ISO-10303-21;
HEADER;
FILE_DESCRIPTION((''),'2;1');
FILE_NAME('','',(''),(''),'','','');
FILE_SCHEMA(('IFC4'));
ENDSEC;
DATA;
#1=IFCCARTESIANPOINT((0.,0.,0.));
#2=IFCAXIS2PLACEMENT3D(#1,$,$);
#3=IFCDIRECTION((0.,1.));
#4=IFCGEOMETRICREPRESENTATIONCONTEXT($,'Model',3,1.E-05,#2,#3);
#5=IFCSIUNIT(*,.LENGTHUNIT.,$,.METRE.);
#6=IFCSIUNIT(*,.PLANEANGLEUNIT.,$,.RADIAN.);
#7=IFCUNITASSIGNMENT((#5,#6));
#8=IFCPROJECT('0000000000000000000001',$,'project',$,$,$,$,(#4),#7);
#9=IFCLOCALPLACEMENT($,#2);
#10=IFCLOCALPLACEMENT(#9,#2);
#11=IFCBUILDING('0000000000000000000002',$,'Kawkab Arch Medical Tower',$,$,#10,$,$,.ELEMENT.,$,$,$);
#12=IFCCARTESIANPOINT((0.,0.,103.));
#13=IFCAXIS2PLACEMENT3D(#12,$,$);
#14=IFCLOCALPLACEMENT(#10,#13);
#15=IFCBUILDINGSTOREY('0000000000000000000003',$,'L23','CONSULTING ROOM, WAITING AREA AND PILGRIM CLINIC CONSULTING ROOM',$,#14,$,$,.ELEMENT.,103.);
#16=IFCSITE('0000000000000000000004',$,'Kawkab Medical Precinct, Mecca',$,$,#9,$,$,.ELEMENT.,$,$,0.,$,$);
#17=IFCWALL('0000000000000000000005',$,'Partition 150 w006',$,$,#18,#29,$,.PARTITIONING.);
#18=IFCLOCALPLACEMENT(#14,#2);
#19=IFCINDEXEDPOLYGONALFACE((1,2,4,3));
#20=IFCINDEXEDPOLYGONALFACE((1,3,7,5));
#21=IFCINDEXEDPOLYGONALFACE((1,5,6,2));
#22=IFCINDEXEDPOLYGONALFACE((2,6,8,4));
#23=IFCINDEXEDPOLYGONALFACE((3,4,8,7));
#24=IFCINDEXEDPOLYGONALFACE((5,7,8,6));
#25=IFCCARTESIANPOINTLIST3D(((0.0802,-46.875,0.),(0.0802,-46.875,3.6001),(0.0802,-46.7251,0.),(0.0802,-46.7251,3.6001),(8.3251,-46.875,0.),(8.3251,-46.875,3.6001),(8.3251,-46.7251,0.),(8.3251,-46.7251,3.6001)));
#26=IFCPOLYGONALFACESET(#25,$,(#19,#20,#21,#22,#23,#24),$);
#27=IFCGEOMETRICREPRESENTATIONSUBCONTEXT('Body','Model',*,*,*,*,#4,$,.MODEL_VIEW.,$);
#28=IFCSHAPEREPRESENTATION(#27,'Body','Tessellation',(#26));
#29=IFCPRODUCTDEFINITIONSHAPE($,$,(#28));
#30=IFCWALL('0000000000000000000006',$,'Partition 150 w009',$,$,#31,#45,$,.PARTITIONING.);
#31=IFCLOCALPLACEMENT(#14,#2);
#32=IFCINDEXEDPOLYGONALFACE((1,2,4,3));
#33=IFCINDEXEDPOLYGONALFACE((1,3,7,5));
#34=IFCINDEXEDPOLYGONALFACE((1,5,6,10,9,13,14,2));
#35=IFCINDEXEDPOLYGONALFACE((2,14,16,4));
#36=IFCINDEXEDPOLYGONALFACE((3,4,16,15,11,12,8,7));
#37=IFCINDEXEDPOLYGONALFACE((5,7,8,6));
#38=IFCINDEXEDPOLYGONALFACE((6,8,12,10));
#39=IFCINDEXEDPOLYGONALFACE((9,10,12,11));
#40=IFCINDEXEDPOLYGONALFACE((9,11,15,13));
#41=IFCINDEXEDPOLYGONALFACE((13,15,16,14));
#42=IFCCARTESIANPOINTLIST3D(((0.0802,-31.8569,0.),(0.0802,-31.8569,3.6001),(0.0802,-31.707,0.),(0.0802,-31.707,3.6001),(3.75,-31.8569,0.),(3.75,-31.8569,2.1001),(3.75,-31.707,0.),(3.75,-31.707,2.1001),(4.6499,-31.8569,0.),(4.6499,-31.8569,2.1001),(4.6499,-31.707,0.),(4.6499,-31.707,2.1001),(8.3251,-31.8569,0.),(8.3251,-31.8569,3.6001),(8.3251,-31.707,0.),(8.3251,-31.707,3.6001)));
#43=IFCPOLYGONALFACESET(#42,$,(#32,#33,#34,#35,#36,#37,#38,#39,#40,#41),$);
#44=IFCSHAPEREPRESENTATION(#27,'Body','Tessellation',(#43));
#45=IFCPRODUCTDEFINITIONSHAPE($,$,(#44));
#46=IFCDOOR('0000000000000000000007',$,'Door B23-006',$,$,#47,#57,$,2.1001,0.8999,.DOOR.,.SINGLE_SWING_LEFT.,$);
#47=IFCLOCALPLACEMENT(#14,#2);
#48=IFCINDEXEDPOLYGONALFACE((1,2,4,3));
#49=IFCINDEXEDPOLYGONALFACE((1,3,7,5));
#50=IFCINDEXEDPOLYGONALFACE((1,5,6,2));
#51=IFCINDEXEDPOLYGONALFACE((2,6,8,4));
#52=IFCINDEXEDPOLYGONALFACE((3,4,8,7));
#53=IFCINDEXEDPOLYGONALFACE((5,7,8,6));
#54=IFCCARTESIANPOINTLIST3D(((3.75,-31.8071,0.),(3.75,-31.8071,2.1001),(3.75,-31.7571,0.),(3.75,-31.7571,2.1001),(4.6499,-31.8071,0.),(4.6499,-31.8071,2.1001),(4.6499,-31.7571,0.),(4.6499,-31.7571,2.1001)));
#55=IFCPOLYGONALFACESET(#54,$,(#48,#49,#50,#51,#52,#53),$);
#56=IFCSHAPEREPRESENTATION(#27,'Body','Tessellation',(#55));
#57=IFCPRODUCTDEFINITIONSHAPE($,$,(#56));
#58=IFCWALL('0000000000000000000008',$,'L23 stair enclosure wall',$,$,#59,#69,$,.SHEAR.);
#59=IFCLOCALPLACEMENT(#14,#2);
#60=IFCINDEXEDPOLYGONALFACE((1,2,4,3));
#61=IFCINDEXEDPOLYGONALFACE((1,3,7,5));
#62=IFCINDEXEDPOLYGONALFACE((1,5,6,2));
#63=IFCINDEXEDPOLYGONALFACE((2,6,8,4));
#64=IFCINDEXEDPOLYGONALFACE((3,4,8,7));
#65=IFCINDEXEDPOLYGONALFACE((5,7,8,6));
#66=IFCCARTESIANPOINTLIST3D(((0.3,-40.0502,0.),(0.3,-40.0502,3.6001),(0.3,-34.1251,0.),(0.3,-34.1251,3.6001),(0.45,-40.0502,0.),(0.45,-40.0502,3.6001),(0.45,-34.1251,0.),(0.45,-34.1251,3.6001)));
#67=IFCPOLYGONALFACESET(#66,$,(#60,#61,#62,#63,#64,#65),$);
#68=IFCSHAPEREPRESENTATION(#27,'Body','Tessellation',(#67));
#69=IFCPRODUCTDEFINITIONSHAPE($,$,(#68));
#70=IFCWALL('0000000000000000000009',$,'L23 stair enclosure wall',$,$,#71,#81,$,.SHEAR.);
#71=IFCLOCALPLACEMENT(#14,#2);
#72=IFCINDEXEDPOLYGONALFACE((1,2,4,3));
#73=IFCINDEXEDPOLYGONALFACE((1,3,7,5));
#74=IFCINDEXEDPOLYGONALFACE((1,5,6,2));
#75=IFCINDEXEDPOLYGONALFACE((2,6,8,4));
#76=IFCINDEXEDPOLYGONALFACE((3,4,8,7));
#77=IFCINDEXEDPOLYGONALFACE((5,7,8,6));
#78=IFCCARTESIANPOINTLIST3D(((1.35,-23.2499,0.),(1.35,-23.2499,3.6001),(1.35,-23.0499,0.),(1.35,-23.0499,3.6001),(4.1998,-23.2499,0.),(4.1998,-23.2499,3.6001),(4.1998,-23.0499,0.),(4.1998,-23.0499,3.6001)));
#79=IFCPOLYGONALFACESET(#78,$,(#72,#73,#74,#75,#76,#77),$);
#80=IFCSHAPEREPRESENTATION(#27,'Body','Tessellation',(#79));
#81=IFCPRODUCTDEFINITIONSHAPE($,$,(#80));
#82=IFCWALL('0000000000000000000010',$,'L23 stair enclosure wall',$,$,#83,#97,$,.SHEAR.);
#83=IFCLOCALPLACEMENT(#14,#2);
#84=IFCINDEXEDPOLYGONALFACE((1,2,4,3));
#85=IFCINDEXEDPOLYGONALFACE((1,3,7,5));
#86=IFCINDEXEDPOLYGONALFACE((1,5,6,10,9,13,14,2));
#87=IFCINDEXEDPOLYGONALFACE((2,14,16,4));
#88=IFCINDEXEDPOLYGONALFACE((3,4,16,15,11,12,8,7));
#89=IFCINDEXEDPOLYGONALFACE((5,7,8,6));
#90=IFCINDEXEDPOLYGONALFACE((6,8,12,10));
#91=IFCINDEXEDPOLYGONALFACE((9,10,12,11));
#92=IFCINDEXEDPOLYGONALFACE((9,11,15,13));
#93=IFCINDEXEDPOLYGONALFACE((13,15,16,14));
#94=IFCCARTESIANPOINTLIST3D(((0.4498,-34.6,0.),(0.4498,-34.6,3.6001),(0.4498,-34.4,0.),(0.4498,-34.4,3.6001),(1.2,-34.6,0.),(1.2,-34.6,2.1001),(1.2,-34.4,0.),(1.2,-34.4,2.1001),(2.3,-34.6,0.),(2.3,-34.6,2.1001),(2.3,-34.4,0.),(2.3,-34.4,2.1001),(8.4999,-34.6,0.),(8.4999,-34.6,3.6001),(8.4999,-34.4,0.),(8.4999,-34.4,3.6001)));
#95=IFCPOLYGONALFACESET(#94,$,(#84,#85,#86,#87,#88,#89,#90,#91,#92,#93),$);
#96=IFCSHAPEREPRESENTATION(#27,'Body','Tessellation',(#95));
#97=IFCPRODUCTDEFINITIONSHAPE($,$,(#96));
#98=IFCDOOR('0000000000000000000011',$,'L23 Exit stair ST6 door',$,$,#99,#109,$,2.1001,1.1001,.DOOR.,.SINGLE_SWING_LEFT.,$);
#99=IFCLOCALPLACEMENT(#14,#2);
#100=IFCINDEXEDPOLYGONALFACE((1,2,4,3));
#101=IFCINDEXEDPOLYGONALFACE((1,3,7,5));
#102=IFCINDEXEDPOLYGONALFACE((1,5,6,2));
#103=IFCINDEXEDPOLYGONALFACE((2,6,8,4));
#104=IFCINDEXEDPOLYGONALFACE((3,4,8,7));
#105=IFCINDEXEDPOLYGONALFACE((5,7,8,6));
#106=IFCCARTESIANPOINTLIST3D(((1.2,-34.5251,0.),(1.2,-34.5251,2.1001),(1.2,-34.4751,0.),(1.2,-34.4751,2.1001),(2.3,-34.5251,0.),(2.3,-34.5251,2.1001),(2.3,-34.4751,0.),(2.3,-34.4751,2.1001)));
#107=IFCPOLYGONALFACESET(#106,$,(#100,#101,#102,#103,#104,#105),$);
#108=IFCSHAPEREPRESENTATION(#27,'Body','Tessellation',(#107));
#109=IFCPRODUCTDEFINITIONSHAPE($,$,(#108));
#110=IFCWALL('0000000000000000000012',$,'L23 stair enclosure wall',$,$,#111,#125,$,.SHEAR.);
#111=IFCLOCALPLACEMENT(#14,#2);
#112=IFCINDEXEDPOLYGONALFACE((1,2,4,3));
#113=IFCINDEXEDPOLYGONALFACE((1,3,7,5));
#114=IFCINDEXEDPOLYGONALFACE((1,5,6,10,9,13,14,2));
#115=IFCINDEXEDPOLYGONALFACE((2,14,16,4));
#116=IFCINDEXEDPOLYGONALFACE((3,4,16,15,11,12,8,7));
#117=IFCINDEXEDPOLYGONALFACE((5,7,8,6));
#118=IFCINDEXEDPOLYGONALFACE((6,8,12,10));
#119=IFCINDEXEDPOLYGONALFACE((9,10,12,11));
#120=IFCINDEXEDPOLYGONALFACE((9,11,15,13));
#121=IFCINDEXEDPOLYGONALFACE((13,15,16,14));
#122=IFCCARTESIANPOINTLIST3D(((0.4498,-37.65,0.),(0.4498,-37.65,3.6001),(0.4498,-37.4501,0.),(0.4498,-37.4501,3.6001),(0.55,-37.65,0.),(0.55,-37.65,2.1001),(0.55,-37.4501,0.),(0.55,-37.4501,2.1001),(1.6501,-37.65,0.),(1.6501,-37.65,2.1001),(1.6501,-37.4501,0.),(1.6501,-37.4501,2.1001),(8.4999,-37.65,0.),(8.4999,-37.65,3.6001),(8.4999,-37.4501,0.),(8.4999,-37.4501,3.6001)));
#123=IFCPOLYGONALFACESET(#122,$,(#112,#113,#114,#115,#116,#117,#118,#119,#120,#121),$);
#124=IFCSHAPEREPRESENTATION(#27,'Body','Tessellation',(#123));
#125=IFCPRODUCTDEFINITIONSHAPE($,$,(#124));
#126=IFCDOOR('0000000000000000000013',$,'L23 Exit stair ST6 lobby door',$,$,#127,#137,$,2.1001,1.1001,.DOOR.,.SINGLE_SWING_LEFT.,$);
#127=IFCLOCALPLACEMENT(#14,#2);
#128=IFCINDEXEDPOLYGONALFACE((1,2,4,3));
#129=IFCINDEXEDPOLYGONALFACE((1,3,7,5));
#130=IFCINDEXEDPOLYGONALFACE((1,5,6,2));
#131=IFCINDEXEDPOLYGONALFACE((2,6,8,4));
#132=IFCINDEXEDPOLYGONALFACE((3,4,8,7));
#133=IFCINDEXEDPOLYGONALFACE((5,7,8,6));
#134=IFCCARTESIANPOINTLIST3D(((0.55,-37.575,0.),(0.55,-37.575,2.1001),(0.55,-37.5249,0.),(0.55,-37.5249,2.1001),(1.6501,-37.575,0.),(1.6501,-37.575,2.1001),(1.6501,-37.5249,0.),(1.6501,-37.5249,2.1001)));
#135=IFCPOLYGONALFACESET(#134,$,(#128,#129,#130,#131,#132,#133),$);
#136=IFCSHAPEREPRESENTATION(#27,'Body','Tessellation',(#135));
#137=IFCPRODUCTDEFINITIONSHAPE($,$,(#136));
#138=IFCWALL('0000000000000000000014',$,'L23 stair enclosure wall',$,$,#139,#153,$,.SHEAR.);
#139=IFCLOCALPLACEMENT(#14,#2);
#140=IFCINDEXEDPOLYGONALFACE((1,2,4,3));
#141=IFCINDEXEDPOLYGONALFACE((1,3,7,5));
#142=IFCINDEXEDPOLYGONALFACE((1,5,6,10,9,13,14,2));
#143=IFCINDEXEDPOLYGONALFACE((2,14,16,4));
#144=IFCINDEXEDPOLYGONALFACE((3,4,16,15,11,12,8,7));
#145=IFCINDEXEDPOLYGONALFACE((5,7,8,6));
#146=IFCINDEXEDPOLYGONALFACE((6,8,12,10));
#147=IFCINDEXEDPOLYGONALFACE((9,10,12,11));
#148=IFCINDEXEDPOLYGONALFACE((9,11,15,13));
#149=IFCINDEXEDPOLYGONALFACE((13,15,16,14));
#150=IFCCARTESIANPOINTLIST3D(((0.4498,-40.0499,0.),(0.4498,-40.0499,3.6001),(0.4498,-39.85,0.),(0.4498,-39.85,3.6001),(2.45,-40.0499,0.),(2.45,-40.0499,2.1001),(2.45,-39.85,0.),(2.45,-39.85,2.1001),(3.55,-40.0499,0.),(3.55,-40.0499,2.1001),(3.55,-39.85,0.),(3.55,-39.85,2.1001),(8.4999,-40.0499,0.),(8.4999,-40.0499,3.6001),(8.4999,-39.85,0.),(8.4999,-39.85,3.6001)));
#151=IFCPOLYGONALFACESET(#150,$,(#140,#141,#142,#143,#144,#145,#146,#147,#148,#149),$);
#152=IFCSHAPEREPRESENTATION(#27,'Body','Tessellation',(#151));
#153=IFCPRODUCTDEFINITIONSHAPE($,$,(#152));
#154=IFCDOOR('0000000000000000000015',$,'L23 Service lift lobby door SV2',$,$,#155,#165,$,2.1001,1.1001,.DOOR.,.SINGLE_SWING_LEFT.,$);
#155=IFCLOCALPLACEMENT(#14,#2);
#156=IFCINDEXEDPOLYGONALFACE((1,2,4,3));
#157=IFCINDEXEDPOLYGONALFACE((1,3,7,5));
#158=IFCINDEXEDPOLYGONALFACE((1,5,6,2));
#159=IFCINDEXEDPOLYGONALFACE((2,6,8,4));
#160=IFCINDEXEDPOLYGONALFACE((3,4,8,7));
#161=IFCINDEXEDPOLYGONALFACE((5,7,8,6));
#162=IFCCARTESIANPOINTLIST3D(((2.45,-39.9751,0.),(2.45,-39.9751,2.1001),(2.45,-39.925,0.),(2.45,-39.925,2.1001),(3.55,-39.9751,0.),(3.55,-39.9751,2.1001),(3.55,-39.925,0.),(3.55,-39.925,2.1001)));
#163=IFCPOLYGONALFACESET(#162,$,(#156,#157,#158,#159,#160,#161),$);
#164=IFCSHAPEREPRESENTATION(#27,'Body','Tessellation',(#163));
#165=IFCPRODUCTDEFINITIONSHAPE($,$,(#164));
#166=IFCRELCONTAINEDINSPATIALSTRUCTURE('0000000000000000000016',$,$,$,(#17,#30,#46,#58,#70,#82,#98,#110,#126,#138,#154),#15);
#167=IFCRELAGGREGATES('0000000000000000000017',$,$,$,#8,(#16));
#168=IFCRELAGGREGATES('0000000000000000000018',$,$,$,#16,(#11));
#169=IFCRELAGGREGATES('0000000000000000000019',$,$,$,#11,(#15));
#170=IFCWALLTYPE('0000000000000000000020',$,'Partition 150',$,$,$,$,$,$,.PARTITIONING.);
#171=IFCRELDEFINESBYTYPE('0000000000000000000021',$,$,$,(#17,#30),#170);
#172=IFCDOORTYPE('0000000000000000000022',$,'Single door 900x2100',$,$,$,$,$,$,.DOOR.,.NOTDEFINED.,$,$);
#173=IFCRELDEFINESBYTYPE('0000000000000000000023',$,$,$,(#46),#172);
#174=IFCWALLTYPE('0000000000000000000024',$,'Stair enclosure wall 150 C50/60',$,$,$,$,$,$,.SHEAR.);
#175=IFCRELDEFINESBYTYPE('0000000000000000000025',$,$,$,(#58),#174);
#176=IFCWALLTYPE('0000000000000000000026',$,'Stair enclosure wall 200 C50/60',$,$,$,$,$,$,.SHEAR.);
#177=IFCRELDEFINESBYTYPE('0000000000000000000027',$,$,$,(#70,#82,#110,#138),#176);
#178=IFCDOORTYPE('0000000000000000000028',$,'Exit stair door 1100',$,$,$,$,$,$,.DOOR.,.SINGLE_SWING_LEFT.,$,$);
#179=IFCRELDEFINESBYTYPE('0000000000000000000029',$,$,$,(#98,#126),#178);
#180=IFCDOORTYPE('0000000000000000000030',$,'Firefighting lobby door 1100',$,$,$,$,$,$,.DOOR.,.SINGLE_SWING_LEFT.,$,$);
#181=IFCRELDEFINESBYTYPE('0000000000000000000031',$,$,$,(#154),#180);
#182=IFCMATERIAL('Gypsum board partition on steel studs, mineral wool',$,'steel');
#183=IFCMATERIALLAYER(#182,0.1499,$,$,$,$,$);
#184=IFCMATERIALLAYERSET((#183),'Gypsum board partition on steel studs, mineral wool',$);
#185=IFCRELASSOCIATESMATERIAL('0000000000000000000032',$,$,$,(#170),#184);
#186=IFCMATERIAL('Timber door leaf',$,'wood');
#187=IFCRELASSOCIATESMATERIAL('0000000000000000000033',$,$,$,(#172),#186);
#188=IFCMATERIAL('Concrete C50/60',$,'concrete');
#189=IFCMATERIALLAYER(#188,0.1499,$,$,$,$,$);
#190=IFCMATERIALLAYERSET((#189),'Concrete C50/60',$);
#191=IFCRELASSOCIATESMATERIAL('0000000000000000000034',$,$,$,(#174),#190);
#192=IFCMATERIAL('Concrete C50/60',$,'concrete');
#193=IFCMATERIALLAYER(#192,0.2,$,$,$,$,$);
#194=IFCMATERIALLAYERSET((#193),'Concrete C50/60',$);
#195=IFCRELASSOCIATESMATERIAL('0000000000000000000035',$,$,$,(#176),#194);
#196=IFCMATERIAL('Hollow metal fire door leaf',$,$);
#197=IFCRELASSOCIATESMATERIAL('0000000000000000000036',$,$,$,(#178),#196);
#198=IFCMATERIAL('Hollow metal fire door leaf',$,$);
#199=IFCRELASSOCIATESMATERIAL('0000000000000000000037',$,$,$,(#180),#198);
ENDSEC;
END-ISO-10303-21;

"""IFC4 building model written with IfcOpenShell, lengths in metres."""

from ifc_helpers import new_model, si_unit, direction, frame, frame_2d, origin, place, context, subcontext, project, spatial, rectangle, extrude, material, layer, layer_set, type_object, element, fill, save


model = new_model("IFC4")

# Units and contexts
model_context = context("Model", 3, precision=1e-05, world=origin(), true_north=direction((0.0, 1.0)))
body_context = subcontext(model_context, "Body", "Model", "MODEL_VIEW")
ifc_project = project(units=[si_unit("LENGTHUNIT", "METRE"), si_unit("PLANEANGLEUNIT", "RADIAN")], contexts=[model_context])

# Site, building, storey
site_placement = place(None, origin())
site = spatial("IfcSite", under=ifc_project, at=site_placement, Name="Kawkab Medical Precinct, Mecca", CompositionType="ELEMENT", RefElevation=0.0)
building_placement = place(site_placement, origin())
building = spatial("IfcBuilding", under=site, at=building_placement, Name="Kawkab Arch Medical Tower", CompositionType="ELEMENT")
storey_placement = place(building_placement, frame((0.0, 0.0, 103.0)))
storey = spatial("IfcBuildingStorey", under=building, at=storey_placement, Name="L23", Description="CONSULTING ROOM, WAITING AREA AND PILGRIM CLINIC CONSULTING ROOM", CompositionType="ELEMENT", Elevation=103.0)

# Wall
ifc_material_1 = material(Name="Gypsum board partition on steel studs, mineral wool", Category="steel")
ifc_layer_1 = layer(ifc_material_1, 0.1499)
ifc_layer_set_1 = layer_set([ifc_layer_1], Name="Gypsum board partition on steel studs, mineral wool")
wall_type_1 = type_object("IfcWallType", Name="Partition 150", PredefinedType="PARTITIONING", material=ifc_layer_set_1)
wall_1_placement = place(storey_placement, frame((0.0801, -46.8, 0.0), z_axis=(0.0, 0.0, 1.0), x_axis=(1.0, 0.0, 0.0)))
element("IfcWall", 1, at=wall_1_placement, inside=storey, type_object=wall_type_1, Name="Partition 150 w006", PredefinedType="PARTITIONING", context=body_context, shape_type="SweptSolid", body=[
    extrude(rectangle(XDim=8.2449, YDim=0.1499, at=frame_2d((4.1226, 0.0))), origin(), (0.0, 0.0, 1.0), 3.6001),
])

# Wall, opening, door
wall_2_placement = place(storey_placement, frame((0.0801, -31.782, 0.0), z_axis=(0.0, 0.0, 1.0), x_axis=(1.0, 0.0, 0.0)))
wall_2 = element("IfcWall", 2, at=wall_2_placement, inside=storey, type_object=wall_type_1, Name="Partition 150 w009", PredefinedType="PARTITIONING", context=body_context, shape_type="SweptSolid", body=[
    extrude(rectangle(XDim=8.2449, YDim=0.1499, at=frame_2d((4.1226, 0.0))), origin(), (0.0, 0.0, 1.0), 3.6001),
])
opening_1_placement = place(wall_2_placement, frame((3.6699, 0.0, 0.0)))
opening_1 = element("IfcOpeningElement", 3, at=opening_1_placement, cuts=wall_2, PredefinedType="OPENING", context=body_context, shape_type="SweptSolid", body=[
    extrude(rectangle(XDim=0.8999, YDim=2.1001, at=frame_2d((0.45, 1.05))), frame((0.0, 0.085, 0.0), z_axis=(0.0, -1.0, 0.0), x_axis=(1.0, 0.0, 0.0)), (0.0, 0.0, 1.0), 0.1699),
])
ifc_material_2 = material(Name="Timber door leaf", Category="wood")
door_type_1 = type_object("IfcDoorType", Name="Single door 900x2100", OperationType="NOTDEFINED", PredefinedType="DOOR", material=ifc_material_2)
door_1_placement = place(opening_1_placement, origin())
door_1 = element("IfcDoor", 4, at=door_1_placement, inside=storey, type_object=door_type_1, Name="Door B23-006", OperationType="SINGLE_SWING_LEFT", OverallHeight=2.1001, OverallWidth=0.8999, PredefinedType="DOOR", context=body_context, shape_type="SweptSolid", body=[
    extrude(rectangle(XDim=0.8999, YDim=2.1001, at=frame_2d((0.45, 1.05))), frame((0.0, 0.0249, 0.0), z_axis=(0.0, -1.0, 0.0), x_axis=(1.0, 0.0, 0.0)), (0.0, 0.0, 1.0), 0.05),
])
fill(opening_1, door_1)

# Walls
ifc_material_3 = material(Name="Concrete C50/60", Category="concrete")
ifc_layer_2 = layer(ifc_material_3, 0.1499)
ifc_layer_set_2 = layer_set([ifc_layer_2], Name="Concrete C50/60")
wall_type_2 = type_object("IfcWallType", Name="Stair enclosure wall 150 C50/60", PredefinedType="SHEAR", material=ifc_layer_set_2)
wall_3_placement = place(storey_placement, frame((0.375, -40.05, 0.0), z_axis=(0.0, 0.0, 1.0), x_axis=(0.0, 1.0, 0.0)))
element("IfcWall", 5, at=wall_3_placement, inside=storey, type_object=wall_type_2, Name="L23 stair enclosure wall", PredefinedType="SHEAR", context=body_context, shape_type="SweptSolid", body=[
    extrude(rectangle(XDim=5.925, YDim=0.1499, at=frame_2d((2.9624, 0.0))), origin(), (0.0, 0.0, 1.0), 3.6001),
])
ifc_material_4 = material(Name="Concrete C50/60", Category="concrete")
ifc_layer_3 = layer(ifc_material_4, 0.2)
ifc_layer_set_3 = layer_set([ifc_layer_3], Name="Concrete C50/60")
wall_type_3 = type_object("IfcWallType", Name="Stair enclosure wall 200 C50/60", PredefinedType="SHEAR", material=ifc_layer_set_3)
wall_4_placement = place(storey_placement, frame((1.3501, -23.1499, 0.0), z_axis=(0.0, 0.0, 1.0), x_axis=(1.0, 0.0, 0.0)))
element("IfcWall", 6, at=wall_4_placement, inside=storey, type_object=wall_type_3, Name="L23 stair enclosure wall", PredefinedType="SHEAR", context=body_context, shape_type="SweptSolid", body=[
    extrude(rectangle(XDim=2.8499, YDim=0.2, at=frame_2d((1.4248, 0.0))), origin(), (0.0, 0.0, 1.0), 3.6001),
])

# Walls, openings, doors
wall_5_placement = place(storey_placement, frame((0.45, -34.5, 0.0), z_axis=(0.0, 0.0, 1.0), x_axis=(1.0, 0.0, 0.0)))
wall_5 = element("IfcWall", 7, at=wall_5_placement, inside=storey, type_object=wall_type_3, Name="L23 stair enclosure wall", PredefinedType="SHEAR", context=body_context, shape_type="SweptSolid", body=[
    extrude(rectangle(XDim=8.05, YDim=0.2, at=frame_2d((4.0249, 0.0))), origin(), (0.0, 0.0, 1.0), 3.6001),
])
opening_2_placement = place(wall_5_placement, frame((0.75, 0.0, 0.0)))
opening_2 = element("IfcOpeningElement", 8, at=opening_2_placement, cuts=wall_5, PredefinedType="OPENING", context=body_context, shape_type="SweptSolid", body=[
    extrude(rectangle(XDim=1.1001, YDim=2.1001, at=frame_2d((0.55, 1.05))), frame((0.0, 0.1099, 0.0), z_axis=(0.0, -1.0, 0.0), x_axis=(1.0, 0.0, 0.0)), (0.0, 0.0, 1.0), 0.22),
])
ifc_material_5 = material(Name="Hollow metal fire door leaf")
door_type_2 = type_object("IfcDoorType", Name="Exit stair door 1100", OperationType="SINGLE_SWING_LEFT", PredefinedType="DOOR", material=ifc_material_5)
door_2_placement = place(opening_2_placement, origin())
door_2 = element("IfcDoor", 9, at=door_2_placement, inside=storey, type_object=door_type_2, Name="L23 Exit stair ST6 door", OperationType="SINGLE_SWING_LEFT", OverallHeight=2.1001, OverallWidth=1.1001, PredefinedType="DOOR", context=body_context, shape_type="SweptSolid", body=[
    extrude(rectangle(XDim=1.1001, YDim=2.1001, at=frame_2d((0.55, 1.05))), frame((0.0, 0.0249, 0.0), z_axis=(0.0, -1.0, 0.0), x_axis=(1.0, 0.0, 0.0)), (0.0, 0.0, 1.0), 0.05),
])
fill(opening_2, door_2)
wall_6_placement = place(storey_placement, frame((0.45, -37.55, 0.0), z_axis=(0.0, 0.0, 1.0), x_axis=(1.0, 0.0, 0.0)))
wall_6 = element("IfcWall", 10, at=wall_6_placement, inside=storey, type_object=wall_type_3, Name="L23 stair enclosure wall", PredefinedType="SHEAR", context=body_context, shape_type="SweptSolid", body=[
    extrude(rectangle(XDim=8.05, YDim=0.2, at=frame_2d((4.0249, 0.0))), origin(), (0.0, 0.0, 1.0), 3.6001),
])
opening_3_placement = place(wall_6_placement, frame((0.1001, 0.0, 0.0)))
opening_3 = element("IfcOpeningElement", 11, at=opening_3_placement, cuts=wall_6, PredefinedType="OPENING", context=body_context, shape_type="SweptSolid", body=[
    extrude(rectangle(XDim=1.1001, YDim=2.1001, at=frame_2d((0.55, 1.05))), frame((0.0, 0.1099, 0.0), z_axis=(0.0, -1.0, 0.0), x_axis=(1.0, 0.0, 0.0)), (0.0, 0.0, 1.0), 0.22),
])
door_3_placement = place(opening_3_placement, frame((1.1001, 0.0, 0.0), z_axis=(0.0, 0.0, 1.0), x_axis=(-1.0, 0.0, 0.0)))
door_3 = element("IfcDoor", 12, at=door_3_placement, inside=storey, type_object=door_type_2, Name="L23 Exit stair ST6 lobby door", OperationType="SINGLE_SWING_LEFT", OverallHeight=2.1001, OverallWidth=1.1001, PredefinedType="DOOR", context=body_context, shape_type="SweptSolid", body=[
    extrude(rectangle(XDim=1.1001, YDim=2.1001, at=frame_2d((0.55, 1.05))), frame((0.0, 0.0249, 0.0), z_axis=(0.0, -1.0, 0.0), x_axis=(1.0, 0.0, 0.0)), (0.0, 0.0, 1.0), 0.05),
])
fill(opening_3, door_3)
wall_7_placement = place(storey_placement, frame((0.45, -39.95, 0.0), z_axis=(0.0, 0.0, 1.0), x_axis=(1.0, 0.0, 0.0)))
wall_7 = element("IfcWall", 13, at=wall_7_placement, inside=storey, type_object=wall_type_3, Name="L23 stair enclosure wall", PredefinedType="SHEAR", context=body_context, shape_type="SweptSolid", body=[
    extrude(rectangle(XDim=8.05, YDim=0.2, at=frame_2d((4.0249, 0.0))), origin(), (0.0, 0.0, 1.0), 3.6001),
])
opening_4_placement = place(wall_7_placement, frame((2.0, 0.0, 0.0)))
opening_4 = element("IfcOpeningElement", 14, at=opening_4_placement, cuts=wall_7, PredefinedType="OPENING", context=body_context, shape_type="SweptSolid", body=[
    extrude(rectangle(XDim=1.1001, YDim=2.1001, at=frame_2d((0.55, 1.05))), frame((0.0, 0.1099, 0.0), z_axis=(0.0, -1.0, 0.0), x_axis=(1.0, 0.0, 0.0)), (0.0, 0.0, 1.0), 0.22),
])
ifc_material_6 = material(Name="Hollow metal fire door leaf")
door_type_3 = type_object("IfcDoorType", Name="Firefighting lobby door 1100", OperationType="SINGLE_SWING_LEFT", PredefinedType="DOOR", material=ifc_material_6)
door_4_placement = place(opening_4_placement, origin())
door_4 = element("IfcDoor", 15, at=door_4_placement, inside=storey, type_object=door_type_3, Name="L23 Service lift lobby door SV2", OperationType="SINGLE_SWING_LEFT", OverallHeight=2.1001, OverallWidth=1.1001, PredefinedType="DOOR", context=body_context, shape_type="SweptSolid", body=[
    extrude(rectangle(XDim=1.1001, YDim=2.1001, at=frame_2d((0.55, 1.05))), frame((0.0, 0.0249, 0.0), z_axis=(0.0, -1.0, 0.0), x_axis=(1.0, 0.0, 0.0)), (0.0, 0.0, 1.0), 0.05),
])
fill(opening_4, door_4)

save(model, "model.ifc")
